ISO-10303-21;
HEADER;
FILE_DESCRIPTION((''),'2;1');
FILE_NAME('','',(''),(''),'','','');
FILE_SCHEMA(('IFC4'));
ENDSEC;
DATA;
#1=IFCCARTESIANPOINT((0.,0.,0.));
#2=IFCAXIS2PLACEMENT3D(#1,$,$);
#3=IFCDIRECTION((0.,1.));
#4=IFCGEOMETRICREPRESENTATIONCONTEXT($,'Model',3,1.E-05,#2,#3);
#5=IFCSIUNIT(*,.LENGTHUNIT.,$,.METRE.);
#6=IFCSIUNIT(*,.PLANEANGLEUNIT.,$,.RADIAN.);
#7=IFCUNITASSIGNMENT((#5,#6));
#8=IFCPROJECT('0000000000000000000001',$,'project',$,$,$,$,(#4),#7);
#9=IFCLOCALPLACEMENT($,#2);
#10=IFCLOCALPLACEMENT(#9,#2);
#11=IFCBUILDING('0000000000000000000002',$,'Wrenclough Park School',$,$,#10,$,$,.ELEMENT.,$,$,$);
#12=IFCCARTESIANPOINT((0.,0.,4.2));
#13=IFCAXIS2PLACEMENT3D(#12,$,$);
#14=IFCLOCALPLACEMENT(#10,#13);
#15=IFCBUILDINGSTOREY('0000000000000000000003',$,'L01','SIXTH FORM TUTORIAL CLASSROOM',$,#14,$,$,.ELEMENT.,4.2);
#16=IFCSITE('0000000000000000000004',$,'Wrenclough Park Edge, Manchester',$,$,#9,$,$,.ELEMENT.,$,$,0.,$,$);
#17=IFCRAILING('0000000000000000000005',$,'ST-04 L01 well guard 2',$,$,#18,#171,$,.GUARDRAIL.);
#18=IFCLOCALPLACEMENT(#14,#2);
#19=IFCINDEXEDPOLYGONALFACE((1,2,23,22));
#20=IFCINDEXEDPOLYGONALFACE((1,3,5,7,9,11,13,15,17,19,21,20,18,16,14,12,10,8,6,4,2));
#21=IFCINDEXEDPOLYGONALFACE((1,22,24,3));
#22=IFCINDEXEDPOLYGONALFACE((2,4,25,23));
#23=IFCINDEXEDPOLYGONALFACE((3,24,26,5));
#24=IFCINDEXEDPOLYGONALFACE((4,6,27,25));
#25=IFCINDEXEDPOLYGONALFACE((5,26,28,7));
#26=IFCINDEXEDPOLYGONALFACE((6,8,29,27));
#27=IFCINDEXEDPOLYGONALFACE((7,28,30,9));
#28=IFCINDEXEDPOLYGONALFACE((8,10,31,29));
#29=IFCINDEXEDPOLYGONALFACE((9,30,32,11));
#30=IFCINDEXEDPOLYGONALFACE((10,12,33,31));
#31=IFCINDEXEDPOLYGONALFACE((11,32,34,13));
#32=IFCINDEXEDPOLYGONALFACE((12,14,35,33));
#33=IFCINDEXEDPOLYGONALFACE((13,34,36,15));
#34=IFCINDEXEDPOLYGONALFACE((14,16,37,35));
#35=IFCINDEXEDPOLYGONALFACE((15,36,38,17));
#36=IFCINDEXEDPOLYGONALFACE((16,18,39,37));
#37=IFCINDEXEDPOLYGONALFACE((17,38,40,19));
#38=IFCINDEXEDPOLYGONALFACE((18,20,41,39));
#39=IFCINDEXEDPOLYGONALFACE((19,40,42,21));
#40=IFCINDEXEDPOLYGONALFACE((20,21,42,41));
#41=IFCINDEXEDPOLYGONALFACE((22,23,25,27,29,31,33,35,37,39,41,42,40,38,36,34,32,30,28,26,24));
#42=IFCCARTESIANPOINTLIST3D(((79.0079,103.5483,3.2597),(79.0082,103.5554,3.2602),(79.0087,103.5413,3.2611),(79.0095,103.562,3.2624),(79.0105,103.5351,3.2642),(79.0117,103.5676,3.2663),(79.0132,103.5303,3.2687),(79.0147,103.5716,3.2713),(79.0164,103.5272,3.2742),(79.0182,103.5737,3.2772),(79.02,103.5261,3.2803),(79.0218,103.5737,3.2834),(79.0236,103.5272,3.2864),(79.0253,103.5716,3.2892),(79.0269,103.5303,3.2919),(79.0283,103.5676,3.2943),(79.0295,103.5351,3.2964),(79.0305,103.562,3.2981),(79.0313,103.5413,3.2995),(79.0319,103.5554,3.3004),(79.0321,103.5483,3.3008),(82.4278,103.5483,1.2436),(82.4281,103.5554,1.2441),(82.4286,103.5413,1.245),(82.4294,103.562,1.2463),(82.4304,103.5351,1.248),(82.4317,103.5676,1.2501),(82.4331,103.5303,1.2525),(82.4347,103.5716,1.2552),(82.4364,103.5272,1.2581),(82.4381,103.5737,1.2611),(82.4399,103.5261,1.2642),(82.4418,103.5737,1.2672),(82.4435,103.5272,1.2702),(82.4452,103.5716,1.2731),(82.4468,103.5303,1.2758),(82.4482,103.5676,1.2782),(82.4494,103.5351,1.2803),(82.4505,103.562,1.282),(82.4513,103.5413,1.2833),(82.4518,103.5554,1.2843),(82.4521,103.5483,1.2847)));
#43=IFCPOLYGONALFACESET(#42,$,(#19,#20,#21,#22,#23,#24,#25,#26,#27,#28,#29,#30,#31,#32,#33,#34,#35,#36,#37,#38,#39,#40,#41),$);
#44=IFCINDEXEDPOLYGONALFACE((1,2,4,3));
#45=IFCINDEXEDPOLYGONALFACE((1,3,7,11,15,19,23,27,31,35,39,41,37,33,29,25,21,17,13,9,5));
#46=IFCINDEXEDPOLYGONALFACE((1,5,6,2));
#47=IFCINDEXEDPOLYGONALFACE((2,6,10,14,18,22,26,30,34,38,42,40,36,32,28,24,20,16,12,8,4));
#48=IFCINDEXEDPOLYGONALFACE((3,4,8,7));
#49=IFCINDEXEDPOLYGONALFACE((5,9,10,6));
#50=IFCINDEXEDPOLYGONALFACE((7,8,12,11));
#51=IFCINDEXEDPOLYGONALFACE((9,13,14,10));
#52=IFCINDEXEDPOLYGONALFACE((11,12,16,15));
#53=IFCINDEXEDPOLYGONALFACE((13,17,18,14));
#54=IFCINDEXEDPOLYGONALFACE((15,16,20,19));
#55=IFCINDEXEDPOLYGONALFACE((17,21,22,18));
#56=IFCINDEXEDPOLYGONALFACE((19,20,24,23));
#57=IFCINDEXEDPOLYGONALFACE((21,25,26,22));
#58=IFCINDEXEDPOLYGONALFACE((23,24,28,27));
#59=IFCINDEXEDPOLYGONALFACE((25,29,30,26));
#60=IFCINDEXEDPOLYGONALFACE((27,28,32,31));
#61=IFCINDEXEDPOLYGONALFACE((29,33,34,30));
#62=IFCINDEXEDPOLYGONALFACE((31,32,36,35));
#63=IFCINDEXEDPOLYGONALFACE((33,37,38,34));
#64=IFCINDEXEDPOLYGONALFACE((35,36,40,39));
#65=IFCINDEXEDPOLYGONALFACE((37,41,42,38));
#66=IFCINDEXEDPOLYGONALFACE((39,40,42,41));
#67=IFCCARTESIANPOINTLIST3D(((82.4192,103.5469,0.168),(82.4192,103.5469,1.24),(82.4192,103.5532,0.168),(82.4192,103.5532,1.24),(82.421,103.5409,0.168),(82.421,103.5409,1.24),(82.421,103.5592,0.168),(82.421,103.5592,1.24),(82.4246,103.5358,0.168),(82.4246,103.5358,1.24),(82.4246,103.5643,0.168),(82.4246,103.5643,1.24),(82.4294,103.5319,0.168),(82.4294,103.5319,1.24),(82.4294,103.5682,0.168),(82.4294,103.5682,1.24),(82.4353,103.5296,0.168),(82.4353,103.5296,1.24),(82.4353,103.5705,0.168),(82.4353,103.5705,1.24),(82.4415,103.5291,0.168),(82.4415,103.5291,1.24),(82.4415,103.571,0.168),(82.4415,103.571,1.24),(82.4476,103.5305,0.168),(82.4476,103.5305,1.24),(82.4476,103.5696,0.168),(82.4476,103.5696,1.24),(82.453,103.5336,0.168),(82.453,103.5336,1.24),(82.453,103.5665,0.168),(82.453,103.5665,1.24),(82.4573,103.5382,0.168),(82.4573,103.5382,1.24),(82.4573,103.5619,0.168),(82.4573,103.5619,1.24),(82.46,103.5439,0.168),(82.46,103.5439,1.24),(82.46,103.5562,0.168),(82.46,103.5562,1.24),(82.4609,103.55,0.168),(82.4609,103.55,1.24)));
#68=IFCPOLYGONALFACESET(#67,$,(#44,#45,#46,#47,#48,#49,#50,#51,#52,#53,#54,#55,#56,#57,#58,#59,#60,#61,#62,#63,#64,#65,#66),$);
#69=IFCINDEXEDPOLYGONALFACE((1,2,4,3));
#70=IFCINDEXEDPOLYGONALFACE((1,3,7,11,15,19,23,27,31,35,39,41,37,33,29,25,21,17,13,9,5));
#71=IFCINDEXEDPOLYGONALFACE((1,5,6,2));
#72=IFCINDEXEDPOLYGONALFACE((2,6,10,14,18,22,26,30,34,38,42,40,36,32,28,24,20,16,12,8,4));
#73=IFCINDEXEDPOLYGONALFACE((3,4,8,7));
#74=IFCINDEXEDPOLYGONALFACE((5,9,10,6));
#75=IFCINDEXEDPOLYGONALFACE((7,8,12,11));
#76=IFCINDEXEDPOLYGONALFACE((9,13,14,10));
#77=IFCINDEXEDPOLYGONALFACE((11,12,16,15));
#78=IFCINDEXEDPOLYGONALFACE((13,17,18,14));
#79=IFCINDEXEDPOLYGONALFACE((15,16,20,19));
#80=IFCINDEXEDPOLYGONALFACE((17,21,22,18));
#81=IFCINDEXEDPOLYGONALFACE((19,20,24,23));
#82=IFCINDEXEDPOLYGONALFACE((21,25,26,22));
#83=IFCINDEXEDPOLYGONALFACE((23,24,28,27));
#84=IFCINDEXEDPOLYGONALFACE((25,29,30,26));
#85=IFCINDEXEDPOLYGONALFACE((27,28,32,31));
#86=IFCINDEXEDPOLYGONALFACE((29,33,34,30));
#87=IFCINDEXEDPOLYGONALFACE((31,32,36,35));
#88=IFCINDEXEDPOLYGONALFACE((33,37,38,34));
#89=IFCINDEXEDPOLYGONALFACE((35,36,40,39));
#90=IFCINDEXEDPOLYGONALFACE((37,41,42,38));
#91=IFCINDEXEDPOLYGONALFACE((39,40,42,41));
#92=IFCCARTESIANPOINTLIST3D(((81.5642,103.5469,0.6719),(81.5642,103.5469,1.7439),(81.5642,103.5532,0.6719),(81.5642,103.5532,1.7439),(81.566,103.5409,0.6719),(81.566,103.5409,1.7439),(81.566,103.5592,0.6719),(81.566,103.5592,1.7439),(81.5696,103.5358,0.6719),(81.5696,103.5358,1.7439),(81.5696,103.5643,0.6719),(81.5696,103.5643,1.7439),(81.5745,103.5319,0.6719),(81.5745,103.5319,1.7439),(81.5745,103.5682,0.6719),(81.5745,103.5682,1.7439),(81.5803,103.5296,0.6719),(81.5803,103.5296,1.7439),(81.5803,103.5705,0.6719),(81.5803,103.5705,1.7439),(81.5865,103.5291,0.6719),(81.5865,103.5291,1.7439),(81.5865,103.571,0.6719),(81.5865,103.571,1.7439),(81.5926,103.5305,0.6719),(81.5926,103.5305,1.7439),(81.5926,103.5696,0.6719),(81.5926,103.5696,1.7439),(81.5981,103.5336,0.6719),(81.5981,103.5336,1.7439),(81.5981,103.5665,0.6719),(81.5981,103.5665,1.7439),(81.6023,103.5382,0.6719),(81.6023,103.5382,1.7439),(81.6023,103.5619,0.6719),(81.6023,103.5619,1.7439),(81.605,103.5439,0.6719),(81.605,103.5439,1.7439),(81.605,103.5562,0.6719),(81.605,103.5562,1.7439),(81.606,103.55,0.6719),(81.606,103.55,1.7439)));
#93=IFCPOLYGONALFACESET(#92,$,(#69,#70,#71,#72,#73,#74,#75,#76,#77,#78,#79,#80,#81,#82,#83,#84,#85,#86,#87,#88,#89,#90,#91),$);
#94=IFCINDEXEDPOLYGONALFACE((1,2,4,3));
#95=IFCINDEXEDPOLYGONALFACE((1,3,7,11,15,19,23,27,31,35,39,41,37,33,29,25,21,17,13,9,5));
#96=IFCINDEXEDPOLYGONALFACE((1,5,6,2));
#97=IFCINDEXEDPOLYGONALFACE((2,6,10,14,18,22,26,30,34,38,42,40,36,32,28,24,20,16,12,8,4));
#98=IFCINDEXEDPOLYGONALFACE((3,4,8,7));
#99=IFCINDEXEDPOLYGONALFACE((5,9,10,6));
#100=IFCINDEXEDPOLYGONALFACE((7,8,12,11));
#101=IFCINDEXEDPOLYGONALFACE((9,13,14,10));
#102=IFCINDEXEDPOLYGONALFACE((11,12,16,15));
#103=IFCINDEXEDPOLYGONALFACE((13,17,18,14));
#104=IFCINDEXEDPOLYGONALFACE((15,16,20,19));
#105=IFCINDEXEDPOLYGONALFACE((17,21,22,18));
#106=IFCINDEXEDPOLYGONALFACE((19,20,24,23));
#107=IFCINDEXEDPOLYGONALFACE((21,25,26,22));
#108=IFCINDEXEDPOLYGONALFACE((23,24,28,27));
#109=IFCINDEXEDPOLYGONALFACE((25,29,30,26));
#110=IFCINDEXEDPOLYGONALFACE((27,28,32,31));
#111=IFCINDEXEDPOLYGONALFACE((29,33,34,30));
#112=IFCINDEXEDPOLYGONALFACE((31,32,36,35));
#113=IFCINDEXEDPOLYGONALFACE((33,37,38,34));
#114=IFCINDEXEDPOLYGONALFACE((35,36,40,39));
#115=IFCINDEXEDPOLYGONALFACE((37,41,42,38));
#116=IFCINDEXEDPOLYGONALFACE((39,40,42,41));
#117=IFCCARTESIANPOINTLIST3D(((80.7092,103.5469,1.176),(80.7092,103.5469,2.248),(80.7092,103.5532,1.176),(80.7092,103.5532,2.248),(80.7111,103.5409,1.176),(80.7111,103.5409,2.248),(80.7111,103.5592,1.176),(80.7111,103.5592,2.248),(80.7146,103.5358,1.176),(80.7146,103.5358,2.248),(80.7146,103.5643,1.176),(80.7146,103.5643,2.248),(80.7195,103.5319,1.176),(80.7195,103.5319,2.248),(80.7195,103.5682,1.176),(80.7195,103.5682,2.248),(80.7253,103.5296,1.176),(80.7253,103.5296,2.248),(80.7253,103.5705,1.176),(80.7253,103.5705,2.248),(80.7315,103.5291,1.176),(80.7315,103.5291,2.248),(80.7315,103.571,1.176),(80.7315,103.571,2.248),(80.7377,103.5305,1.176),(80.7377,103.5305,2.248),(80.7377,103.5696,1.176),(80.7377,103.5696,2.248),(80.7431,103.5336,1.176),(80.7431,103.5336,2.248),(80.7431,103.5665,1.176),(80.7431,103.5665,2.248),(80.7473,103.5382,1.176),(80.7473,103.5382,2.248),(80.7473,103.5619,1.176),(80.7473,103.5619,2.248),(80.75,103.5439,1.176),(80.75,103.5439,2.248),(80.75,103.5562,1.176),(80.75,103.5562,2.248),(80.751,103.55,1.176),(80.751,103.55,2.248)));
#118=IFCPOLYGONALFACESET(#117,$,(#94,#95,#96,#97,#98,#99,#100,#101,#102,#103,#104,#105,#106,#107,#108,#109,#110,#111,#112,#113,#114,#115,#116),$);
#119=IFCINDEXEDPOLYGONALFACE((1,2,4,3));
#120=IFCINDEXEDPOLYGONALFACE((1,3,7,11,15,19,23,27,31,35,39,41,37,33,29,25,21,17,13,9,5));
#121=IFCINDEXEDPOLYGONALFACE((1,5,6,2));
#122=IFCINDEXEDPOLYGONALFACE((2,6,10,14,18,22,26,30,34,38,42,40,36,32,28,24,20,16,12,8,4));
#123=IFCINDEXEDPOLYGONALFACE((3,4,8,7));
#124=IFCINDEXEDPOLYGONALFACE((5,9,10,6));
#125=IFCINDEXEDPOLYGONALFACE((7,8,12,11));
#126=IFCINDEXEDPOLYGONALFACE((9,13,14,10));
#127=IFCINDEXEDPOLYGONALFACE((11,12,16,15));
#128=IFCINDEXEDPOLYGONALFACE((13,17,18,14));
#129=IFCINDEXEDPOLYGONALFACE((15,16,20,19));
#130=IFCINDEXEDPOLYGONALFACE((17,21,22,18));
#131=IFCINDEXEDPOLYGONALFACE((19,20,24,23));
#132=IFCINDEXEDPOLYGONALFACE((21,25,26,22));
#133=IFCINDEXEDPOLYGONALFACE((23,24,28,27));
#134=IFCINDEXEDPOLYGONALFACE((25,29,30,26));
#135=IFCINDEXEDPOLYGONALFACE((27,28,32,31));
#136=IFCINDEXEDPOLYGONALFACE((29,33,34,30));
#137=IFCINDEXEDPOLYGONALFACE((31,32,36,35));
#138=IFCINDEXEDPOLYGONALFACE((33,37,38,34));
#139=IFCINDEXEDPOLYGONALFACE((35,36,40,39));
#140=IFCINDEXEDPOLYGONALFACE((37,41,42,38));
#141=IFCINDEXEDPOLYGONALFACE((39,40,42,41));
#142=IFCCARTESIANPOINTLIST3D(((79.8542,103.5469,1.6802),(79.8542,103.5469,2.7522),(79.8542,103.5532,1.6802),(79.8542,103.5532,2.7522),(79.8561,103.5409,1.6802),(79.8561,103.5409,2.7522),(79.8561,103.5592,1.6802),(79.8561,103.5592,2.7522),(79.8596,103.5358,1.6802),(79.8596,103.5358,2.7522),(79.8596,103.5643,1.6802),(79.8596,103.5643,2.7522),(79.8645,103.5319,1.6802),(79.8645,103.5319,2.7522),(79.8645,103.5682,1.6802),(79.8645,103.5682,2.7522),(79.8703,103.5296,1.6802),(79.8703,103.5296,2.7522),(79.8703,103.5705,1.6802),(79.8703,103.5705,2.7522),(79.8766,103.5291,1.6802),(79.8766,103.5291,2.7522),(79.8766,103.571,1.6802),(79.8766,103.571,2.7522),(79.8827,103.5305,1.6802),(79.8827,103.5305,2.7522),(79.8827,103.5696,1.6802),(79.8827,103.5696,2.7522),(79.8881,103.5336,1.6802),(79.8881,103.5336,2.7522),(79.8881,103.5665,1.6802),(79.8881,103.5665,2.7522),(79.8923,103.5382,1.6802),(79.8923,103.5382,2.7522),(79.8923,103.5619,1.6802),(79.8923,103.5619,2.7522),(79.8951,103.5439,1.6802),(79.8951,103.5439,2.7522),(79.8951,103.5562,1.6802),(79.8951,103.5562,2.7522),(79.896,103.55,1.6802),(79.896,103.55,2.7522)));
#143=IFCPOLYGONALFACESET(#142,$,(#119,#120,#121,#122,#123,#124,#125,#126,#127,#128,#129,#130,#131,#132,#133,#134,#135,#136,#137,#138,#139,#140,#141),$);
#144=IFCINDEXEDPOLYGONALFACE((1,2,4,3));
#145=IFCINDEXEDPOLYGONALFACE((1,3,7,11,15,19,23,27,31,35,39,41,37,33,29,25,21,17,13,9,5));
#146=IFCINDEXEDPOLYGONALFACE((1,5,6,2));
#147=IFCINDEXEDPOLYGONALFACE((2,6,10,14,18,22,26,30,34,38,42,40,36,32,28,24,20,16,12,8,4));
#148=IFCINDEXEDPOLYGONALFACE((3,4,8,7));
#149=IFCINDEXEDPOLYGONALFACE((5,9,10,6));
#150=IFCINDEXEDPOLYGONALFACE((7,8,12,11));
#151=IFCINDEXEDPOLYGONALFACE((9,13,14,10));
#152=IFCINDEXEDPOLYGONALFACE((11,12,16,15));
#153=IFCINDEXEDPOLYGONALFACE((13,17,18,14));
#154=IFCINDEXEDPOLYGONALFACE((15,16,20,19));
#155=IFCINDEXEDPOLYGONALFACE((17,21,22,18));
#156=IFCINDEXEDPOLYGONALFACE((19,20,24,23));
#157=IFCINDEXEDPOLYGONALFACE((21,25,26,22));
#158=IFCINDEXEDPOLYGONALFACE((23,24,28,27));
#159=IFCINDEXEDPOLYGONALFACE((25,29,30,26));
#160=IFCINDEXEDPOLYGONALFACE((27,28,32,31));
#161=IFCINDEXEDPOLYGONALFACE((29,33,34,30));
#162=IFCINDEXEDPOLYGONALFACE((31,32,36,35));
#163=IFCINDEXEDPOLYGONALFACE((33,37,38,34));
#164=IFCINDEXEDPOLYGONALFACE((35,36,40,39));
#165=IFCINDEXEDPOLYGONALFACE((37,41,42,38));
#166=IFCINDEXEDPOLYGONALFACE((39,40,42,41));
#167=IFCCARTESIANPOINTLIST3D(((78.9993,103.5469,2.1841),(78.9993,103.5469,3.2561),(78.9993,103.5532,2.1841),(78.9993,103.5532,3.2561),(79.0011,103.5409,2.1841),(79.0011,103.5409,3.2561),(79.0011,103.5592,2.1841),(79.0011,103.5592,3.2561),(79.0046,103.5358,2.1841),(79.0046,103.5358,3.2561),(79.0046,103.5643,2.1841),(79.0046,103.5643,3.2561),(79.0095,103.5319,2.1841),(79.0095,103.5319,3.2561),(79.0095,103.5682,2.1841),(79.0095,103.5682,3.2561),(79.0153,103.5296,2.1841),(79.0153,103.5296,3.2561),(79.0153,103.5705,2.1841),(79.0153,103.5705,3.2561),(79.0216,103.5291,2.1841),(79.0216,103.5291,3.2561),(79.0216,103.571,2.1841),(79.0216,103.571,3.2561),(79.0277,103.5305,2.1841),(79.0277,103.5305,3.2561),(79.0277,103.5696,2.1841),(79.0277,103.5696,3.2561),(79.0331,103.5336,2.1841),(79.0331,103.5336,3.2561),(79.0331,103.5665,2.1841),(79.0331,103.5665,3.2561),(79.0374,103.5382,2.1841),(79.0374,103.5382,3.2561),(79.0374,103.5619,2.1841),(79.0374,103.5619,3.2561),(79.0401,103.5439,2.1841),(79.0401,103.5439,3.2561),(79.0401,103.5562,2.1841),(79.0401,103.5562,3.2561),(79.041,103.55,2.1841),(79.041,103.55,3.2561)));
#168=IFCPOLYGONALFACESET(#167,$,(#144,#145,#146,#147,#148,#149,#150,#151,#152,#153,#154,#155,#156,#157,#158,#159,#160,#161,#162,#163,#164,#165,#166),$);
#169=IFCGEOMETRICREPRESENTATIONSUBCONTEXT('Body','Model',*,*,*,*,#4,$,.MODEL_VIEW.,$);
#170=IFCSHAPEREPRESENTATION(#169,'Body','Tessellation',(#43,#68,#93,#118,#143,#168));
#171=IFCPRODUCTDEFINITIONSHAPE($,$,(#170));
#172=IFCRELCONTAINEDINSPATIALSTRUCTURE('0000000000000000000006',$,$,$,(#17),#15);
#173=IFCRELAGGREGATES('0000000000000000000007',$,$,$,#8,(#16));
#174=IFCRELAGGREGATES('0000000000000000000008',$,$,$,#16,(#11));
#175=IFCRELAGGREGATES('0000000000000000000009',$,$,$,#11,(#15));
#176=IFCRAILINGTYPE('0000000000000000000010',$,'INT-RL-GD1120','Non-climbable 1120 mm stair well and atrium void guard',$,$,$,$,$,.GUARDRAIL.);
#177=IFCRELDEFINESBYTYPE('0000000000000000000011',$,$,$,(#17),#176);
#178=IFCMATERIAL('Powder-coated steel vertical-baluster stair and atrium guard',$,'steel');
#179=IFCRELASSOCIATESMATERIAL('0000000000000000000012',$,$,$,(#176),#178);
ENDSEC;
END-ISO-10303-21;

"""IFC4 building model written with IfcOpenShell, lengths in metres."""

from ifc_helpers import new_model, si_unit, direction, frame, origin, origin_2d, place, context, subcontext, project, spatial, circle, extrude, material, type_object, element, save


model = new_model("IFC4")

# Units and contexts
model_context = context("Model", 3, precision=1e-05, world=origin(), true_north=direction((0.0, 1.0)))
body_context = subcontext(model_context, "Body", "Model", "MODEL_VIEW")
ifc_project = project(units=[si_unit("LENGTHUNIT", "METRE"), si_unit("PLANEANGLEUNIT", "RADIAN")], contexts=[model_context])

# Site, building, storey
site_placement = place(None, origin())
site = spatial("IfcSite", under=ifc_project, at=site_placement, Name="Wrenclough Park Edge, Manchester", CompositionType="ELEMENT", RefElevation=0.0)
building_placement = place(site_placement, origin())
building = spatial("IfcBuilding", under=site, at=building_placement, Name="Wrenclough Park School", CompositionType="ELEMENT")
storey_placement = place(building_placement, frame((0.0, 0.0, 4.2)))
storey = spatial("IfcBuildingStorey", under=building, at=storey_placement, Name="L01", Description="SIXTH FORM TUTORIAL CLASSROOM", CompositionType="ELEMENT", Elevation=4.2)

# Railing
ifc_material_1 = material(Name="Powder-coated steel vertical-baluster stair and atrium guard", Category="steel")
railing_type_1 = type_object("IfcRailingType", Name="INT-RL-GD1120", Description="Non-climbable 1120 mm stair well and atrium void guard", PredefinedType="GUARDRAIL", material=ifc_material_1)
railing_1_placement = place(storey_placement, frame((82.4399, 103.55, 0.168)))
element("IfcRailing", 1, at=railing_1_placement, inside=storey, type_object=railing_type_1, Name="ST-04 L01 well guard 2", PredefinedType="GUARDRAIL", context=body_context, shape_type="SweptSolid", body=[
    extrude(circle(Radius=0.0239, at=origin_2d()), frame((0.0, 0.0, 1.0962), z_axis=(-0.86145, 0.0, 0.507842), x_axis=(0.0, -1.0, 0.0)), (0.0, 0.0, 1.0), 3.97),
    extrude(circle(Radius=0.021, at=origin_2d()), origin(), (0.0, 0.0, 1.0), 1.072),
    extrude(circle(Radius=0.021, at=origin_2d()), frame((-0.855, 0.0, 0.5039)), (0.0, 0.0, 1.0), 1.072),
    extrude(circle(Radius=0.021, at=origin_2d()), frame((-1.71, 0.0, 1.0081)), (0.0, 0.0, 1.0), 1.072),
    extrude(circle(Radius=0.021, at=origin_2d()), frame((-2.5649, 0.0, 1.5122)), (0.0, 0.0, 1.0), 1.072),
    extrude(circle(Radius=0.021, at=origin_2d()), frame((-3.4199, 0.0, 2.0161)), (0.0, 0.0, 1.0), 1.072),
])

save(model, "model.ifc")
